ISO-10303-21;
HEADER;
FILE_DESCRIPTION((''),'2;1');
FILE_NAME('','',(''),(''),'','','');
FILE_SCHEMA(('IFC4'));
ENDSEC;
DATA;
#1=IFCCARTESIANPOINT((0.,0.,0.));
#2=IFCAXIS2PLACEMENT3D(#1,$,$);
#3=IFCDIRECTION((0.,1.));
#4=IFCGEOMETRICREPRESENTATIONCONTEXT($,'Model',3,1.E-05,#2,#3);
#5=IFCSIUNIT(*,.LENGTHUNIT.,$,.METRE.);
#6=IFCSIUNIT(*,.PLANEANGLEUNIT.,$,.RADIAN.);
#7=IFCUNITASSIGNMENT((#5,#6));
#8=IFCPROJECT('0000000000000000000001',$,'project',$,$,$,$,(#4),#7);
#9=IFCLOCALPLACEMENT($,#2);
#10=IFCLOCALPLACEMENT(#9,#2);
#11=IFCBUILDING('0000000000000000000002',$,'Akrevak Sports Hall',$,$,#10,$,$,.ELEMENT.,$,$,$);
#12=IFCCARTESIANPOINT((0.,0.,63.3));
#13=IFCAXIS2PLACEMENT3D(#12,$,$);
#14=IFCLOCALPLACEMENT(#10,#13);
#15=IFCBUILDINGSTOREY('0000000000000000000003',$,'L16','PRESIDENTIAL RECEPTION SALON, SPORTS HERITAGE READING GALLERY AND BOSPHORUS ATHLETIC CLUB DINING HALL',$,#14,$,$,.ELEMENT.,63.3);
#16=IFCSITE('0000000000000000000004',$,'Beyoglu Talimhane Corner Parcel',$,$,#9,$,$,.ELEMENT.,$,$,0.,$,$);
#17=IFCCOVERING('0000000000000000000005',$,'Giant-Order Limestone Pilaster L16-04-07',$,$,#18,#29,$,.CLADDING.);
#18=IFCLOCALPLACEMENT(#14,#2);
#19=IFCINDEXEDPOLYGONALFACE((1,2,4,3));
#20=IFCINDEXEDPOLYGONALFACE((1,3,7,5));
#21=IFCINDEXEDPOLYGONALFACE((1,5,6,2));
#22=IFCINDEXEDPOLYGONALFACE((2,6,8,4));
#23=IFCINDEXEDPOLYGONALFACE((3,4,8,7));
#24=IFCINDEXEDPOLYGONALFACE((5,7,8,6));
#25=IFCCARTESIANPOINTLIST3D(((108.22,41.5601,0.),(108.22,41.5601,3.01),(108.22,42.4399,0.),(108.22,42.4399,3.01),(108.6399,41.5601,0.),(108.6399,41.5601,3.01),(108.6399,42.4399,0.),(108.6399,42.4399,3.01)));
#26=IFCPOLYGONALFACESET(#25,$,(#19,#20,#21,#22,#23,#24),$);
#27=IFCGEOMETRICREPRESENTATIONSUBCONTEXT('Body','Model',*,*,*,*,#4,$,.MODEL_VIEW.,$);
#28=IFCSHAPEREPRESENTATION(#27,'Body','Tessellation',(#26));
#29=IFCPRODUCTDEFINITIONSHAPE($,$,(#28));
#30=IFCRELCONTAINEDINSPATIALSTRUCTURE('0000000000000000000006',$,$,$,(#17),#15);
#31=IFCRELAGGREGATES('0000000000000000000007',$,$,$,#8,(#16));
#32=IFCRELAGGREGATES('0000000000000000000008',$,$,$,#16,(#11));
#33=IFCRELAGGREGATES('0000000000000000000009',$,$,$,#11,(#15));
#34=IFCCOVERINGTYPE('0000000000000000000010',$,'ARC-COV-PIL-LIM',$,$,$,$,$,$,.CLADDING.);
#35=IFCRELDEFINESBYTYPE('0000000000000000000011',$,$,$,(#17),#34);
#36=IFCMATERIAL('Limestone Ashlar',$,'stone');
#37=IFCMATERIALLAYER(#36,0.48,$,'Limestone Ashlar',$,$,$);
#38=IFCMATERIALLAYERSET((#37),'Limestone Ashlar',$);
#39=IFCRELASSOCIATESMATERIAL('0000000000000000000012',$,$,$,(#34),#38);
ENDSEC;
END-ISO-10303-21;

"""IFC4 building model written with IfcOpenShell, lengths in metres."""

from ifc_helpers import new_model, si_unit, direction, frame, origin, origin_2d, place, context, subcontext, project, spatial, rectangle, extrude, material, layer, layer_set, type_object, element, save


model = new_model("IFC4")

# Units and contexts
model_context = context("Model", 3, precision=1e-05, world=origin(), true_north=direction((0.0, 1.0)))
body_context = subcontext(model_context, "Body", "Model", "MODEL_VIEW")
ifc_project = project(units=[si_unit("LENGTHUNIT", "METRE"), si_unit("PLANEANGLEUNIT", "RADIAN")], contexts=[model_context])

# Site, building, storey
site_placement = place(None, origin())
site = spatial("IfcSite", under=ifc_project, at=site_placement, Name="Beyoglu Talimhane Corner Parcel", CompositionType="ELEMENT", RefElevation=0.0)
building_placement = place(site_placement, origin())
building = spatial("IfcBuilding", under=site, at=building_placement, Name="Akrevak Sports Hall", CompositionType="ELEMENT")
storey_placement = place(building_placement, frame((0.0, 0.0, 63.3)))
storey = spatial("IfcBuildingStorey", under=building, at=storey_placement, Name="L16", Description="PRESIDENTIAL RECEPTION SALON, SPORTS HERITAGE READING GALLERY AND BOSPHORUS ATHLETIC CLUB DINING HALL", CompositionType="ELEMENT", Elevation=63.3)

# Shared definitions
ifc_material_1 = material(Name="Limestone Ashlar", Category="stone")

# Covering
ifc_layer_1 = layer(ifc_material_1, 0.48, Name="Limestone Ashlar")
ifc_layer_set_1 = layer_set([ifc_layer_1], Name="Limestone Ashlar")
covering_type = type_object("IfcCoveringType", Name="ARC-COV-PIL-LIM", PredefinedType="CLADDING", material=ifc_layer_set_1)
for number, where, z_axis, x_axis, name in (
    (1, (108.4299, 42.0, 0.0), (0.0, 0.0, 1.0), (0.0, 1.0, 0.0), "Giant-Order Limestone Pilaster L16-04-07"),
):
    element("IfcCovering", number, at=place(storey_placement, frame(where, z_axis=z_axis, x_axis=x_axis)), inside=storey, type_object=covering_type, Name=name, PredefinedType="CLADDING", context=body_context, shape_type="SweptSolid", body=[
        extrude(rectangle(XDim=0.8799, YDim=0.4199, at=origin_2d()), origin(), (0.0, 0.0, 1.0), 3.01),
    ])

save(model, "model.ifc")
